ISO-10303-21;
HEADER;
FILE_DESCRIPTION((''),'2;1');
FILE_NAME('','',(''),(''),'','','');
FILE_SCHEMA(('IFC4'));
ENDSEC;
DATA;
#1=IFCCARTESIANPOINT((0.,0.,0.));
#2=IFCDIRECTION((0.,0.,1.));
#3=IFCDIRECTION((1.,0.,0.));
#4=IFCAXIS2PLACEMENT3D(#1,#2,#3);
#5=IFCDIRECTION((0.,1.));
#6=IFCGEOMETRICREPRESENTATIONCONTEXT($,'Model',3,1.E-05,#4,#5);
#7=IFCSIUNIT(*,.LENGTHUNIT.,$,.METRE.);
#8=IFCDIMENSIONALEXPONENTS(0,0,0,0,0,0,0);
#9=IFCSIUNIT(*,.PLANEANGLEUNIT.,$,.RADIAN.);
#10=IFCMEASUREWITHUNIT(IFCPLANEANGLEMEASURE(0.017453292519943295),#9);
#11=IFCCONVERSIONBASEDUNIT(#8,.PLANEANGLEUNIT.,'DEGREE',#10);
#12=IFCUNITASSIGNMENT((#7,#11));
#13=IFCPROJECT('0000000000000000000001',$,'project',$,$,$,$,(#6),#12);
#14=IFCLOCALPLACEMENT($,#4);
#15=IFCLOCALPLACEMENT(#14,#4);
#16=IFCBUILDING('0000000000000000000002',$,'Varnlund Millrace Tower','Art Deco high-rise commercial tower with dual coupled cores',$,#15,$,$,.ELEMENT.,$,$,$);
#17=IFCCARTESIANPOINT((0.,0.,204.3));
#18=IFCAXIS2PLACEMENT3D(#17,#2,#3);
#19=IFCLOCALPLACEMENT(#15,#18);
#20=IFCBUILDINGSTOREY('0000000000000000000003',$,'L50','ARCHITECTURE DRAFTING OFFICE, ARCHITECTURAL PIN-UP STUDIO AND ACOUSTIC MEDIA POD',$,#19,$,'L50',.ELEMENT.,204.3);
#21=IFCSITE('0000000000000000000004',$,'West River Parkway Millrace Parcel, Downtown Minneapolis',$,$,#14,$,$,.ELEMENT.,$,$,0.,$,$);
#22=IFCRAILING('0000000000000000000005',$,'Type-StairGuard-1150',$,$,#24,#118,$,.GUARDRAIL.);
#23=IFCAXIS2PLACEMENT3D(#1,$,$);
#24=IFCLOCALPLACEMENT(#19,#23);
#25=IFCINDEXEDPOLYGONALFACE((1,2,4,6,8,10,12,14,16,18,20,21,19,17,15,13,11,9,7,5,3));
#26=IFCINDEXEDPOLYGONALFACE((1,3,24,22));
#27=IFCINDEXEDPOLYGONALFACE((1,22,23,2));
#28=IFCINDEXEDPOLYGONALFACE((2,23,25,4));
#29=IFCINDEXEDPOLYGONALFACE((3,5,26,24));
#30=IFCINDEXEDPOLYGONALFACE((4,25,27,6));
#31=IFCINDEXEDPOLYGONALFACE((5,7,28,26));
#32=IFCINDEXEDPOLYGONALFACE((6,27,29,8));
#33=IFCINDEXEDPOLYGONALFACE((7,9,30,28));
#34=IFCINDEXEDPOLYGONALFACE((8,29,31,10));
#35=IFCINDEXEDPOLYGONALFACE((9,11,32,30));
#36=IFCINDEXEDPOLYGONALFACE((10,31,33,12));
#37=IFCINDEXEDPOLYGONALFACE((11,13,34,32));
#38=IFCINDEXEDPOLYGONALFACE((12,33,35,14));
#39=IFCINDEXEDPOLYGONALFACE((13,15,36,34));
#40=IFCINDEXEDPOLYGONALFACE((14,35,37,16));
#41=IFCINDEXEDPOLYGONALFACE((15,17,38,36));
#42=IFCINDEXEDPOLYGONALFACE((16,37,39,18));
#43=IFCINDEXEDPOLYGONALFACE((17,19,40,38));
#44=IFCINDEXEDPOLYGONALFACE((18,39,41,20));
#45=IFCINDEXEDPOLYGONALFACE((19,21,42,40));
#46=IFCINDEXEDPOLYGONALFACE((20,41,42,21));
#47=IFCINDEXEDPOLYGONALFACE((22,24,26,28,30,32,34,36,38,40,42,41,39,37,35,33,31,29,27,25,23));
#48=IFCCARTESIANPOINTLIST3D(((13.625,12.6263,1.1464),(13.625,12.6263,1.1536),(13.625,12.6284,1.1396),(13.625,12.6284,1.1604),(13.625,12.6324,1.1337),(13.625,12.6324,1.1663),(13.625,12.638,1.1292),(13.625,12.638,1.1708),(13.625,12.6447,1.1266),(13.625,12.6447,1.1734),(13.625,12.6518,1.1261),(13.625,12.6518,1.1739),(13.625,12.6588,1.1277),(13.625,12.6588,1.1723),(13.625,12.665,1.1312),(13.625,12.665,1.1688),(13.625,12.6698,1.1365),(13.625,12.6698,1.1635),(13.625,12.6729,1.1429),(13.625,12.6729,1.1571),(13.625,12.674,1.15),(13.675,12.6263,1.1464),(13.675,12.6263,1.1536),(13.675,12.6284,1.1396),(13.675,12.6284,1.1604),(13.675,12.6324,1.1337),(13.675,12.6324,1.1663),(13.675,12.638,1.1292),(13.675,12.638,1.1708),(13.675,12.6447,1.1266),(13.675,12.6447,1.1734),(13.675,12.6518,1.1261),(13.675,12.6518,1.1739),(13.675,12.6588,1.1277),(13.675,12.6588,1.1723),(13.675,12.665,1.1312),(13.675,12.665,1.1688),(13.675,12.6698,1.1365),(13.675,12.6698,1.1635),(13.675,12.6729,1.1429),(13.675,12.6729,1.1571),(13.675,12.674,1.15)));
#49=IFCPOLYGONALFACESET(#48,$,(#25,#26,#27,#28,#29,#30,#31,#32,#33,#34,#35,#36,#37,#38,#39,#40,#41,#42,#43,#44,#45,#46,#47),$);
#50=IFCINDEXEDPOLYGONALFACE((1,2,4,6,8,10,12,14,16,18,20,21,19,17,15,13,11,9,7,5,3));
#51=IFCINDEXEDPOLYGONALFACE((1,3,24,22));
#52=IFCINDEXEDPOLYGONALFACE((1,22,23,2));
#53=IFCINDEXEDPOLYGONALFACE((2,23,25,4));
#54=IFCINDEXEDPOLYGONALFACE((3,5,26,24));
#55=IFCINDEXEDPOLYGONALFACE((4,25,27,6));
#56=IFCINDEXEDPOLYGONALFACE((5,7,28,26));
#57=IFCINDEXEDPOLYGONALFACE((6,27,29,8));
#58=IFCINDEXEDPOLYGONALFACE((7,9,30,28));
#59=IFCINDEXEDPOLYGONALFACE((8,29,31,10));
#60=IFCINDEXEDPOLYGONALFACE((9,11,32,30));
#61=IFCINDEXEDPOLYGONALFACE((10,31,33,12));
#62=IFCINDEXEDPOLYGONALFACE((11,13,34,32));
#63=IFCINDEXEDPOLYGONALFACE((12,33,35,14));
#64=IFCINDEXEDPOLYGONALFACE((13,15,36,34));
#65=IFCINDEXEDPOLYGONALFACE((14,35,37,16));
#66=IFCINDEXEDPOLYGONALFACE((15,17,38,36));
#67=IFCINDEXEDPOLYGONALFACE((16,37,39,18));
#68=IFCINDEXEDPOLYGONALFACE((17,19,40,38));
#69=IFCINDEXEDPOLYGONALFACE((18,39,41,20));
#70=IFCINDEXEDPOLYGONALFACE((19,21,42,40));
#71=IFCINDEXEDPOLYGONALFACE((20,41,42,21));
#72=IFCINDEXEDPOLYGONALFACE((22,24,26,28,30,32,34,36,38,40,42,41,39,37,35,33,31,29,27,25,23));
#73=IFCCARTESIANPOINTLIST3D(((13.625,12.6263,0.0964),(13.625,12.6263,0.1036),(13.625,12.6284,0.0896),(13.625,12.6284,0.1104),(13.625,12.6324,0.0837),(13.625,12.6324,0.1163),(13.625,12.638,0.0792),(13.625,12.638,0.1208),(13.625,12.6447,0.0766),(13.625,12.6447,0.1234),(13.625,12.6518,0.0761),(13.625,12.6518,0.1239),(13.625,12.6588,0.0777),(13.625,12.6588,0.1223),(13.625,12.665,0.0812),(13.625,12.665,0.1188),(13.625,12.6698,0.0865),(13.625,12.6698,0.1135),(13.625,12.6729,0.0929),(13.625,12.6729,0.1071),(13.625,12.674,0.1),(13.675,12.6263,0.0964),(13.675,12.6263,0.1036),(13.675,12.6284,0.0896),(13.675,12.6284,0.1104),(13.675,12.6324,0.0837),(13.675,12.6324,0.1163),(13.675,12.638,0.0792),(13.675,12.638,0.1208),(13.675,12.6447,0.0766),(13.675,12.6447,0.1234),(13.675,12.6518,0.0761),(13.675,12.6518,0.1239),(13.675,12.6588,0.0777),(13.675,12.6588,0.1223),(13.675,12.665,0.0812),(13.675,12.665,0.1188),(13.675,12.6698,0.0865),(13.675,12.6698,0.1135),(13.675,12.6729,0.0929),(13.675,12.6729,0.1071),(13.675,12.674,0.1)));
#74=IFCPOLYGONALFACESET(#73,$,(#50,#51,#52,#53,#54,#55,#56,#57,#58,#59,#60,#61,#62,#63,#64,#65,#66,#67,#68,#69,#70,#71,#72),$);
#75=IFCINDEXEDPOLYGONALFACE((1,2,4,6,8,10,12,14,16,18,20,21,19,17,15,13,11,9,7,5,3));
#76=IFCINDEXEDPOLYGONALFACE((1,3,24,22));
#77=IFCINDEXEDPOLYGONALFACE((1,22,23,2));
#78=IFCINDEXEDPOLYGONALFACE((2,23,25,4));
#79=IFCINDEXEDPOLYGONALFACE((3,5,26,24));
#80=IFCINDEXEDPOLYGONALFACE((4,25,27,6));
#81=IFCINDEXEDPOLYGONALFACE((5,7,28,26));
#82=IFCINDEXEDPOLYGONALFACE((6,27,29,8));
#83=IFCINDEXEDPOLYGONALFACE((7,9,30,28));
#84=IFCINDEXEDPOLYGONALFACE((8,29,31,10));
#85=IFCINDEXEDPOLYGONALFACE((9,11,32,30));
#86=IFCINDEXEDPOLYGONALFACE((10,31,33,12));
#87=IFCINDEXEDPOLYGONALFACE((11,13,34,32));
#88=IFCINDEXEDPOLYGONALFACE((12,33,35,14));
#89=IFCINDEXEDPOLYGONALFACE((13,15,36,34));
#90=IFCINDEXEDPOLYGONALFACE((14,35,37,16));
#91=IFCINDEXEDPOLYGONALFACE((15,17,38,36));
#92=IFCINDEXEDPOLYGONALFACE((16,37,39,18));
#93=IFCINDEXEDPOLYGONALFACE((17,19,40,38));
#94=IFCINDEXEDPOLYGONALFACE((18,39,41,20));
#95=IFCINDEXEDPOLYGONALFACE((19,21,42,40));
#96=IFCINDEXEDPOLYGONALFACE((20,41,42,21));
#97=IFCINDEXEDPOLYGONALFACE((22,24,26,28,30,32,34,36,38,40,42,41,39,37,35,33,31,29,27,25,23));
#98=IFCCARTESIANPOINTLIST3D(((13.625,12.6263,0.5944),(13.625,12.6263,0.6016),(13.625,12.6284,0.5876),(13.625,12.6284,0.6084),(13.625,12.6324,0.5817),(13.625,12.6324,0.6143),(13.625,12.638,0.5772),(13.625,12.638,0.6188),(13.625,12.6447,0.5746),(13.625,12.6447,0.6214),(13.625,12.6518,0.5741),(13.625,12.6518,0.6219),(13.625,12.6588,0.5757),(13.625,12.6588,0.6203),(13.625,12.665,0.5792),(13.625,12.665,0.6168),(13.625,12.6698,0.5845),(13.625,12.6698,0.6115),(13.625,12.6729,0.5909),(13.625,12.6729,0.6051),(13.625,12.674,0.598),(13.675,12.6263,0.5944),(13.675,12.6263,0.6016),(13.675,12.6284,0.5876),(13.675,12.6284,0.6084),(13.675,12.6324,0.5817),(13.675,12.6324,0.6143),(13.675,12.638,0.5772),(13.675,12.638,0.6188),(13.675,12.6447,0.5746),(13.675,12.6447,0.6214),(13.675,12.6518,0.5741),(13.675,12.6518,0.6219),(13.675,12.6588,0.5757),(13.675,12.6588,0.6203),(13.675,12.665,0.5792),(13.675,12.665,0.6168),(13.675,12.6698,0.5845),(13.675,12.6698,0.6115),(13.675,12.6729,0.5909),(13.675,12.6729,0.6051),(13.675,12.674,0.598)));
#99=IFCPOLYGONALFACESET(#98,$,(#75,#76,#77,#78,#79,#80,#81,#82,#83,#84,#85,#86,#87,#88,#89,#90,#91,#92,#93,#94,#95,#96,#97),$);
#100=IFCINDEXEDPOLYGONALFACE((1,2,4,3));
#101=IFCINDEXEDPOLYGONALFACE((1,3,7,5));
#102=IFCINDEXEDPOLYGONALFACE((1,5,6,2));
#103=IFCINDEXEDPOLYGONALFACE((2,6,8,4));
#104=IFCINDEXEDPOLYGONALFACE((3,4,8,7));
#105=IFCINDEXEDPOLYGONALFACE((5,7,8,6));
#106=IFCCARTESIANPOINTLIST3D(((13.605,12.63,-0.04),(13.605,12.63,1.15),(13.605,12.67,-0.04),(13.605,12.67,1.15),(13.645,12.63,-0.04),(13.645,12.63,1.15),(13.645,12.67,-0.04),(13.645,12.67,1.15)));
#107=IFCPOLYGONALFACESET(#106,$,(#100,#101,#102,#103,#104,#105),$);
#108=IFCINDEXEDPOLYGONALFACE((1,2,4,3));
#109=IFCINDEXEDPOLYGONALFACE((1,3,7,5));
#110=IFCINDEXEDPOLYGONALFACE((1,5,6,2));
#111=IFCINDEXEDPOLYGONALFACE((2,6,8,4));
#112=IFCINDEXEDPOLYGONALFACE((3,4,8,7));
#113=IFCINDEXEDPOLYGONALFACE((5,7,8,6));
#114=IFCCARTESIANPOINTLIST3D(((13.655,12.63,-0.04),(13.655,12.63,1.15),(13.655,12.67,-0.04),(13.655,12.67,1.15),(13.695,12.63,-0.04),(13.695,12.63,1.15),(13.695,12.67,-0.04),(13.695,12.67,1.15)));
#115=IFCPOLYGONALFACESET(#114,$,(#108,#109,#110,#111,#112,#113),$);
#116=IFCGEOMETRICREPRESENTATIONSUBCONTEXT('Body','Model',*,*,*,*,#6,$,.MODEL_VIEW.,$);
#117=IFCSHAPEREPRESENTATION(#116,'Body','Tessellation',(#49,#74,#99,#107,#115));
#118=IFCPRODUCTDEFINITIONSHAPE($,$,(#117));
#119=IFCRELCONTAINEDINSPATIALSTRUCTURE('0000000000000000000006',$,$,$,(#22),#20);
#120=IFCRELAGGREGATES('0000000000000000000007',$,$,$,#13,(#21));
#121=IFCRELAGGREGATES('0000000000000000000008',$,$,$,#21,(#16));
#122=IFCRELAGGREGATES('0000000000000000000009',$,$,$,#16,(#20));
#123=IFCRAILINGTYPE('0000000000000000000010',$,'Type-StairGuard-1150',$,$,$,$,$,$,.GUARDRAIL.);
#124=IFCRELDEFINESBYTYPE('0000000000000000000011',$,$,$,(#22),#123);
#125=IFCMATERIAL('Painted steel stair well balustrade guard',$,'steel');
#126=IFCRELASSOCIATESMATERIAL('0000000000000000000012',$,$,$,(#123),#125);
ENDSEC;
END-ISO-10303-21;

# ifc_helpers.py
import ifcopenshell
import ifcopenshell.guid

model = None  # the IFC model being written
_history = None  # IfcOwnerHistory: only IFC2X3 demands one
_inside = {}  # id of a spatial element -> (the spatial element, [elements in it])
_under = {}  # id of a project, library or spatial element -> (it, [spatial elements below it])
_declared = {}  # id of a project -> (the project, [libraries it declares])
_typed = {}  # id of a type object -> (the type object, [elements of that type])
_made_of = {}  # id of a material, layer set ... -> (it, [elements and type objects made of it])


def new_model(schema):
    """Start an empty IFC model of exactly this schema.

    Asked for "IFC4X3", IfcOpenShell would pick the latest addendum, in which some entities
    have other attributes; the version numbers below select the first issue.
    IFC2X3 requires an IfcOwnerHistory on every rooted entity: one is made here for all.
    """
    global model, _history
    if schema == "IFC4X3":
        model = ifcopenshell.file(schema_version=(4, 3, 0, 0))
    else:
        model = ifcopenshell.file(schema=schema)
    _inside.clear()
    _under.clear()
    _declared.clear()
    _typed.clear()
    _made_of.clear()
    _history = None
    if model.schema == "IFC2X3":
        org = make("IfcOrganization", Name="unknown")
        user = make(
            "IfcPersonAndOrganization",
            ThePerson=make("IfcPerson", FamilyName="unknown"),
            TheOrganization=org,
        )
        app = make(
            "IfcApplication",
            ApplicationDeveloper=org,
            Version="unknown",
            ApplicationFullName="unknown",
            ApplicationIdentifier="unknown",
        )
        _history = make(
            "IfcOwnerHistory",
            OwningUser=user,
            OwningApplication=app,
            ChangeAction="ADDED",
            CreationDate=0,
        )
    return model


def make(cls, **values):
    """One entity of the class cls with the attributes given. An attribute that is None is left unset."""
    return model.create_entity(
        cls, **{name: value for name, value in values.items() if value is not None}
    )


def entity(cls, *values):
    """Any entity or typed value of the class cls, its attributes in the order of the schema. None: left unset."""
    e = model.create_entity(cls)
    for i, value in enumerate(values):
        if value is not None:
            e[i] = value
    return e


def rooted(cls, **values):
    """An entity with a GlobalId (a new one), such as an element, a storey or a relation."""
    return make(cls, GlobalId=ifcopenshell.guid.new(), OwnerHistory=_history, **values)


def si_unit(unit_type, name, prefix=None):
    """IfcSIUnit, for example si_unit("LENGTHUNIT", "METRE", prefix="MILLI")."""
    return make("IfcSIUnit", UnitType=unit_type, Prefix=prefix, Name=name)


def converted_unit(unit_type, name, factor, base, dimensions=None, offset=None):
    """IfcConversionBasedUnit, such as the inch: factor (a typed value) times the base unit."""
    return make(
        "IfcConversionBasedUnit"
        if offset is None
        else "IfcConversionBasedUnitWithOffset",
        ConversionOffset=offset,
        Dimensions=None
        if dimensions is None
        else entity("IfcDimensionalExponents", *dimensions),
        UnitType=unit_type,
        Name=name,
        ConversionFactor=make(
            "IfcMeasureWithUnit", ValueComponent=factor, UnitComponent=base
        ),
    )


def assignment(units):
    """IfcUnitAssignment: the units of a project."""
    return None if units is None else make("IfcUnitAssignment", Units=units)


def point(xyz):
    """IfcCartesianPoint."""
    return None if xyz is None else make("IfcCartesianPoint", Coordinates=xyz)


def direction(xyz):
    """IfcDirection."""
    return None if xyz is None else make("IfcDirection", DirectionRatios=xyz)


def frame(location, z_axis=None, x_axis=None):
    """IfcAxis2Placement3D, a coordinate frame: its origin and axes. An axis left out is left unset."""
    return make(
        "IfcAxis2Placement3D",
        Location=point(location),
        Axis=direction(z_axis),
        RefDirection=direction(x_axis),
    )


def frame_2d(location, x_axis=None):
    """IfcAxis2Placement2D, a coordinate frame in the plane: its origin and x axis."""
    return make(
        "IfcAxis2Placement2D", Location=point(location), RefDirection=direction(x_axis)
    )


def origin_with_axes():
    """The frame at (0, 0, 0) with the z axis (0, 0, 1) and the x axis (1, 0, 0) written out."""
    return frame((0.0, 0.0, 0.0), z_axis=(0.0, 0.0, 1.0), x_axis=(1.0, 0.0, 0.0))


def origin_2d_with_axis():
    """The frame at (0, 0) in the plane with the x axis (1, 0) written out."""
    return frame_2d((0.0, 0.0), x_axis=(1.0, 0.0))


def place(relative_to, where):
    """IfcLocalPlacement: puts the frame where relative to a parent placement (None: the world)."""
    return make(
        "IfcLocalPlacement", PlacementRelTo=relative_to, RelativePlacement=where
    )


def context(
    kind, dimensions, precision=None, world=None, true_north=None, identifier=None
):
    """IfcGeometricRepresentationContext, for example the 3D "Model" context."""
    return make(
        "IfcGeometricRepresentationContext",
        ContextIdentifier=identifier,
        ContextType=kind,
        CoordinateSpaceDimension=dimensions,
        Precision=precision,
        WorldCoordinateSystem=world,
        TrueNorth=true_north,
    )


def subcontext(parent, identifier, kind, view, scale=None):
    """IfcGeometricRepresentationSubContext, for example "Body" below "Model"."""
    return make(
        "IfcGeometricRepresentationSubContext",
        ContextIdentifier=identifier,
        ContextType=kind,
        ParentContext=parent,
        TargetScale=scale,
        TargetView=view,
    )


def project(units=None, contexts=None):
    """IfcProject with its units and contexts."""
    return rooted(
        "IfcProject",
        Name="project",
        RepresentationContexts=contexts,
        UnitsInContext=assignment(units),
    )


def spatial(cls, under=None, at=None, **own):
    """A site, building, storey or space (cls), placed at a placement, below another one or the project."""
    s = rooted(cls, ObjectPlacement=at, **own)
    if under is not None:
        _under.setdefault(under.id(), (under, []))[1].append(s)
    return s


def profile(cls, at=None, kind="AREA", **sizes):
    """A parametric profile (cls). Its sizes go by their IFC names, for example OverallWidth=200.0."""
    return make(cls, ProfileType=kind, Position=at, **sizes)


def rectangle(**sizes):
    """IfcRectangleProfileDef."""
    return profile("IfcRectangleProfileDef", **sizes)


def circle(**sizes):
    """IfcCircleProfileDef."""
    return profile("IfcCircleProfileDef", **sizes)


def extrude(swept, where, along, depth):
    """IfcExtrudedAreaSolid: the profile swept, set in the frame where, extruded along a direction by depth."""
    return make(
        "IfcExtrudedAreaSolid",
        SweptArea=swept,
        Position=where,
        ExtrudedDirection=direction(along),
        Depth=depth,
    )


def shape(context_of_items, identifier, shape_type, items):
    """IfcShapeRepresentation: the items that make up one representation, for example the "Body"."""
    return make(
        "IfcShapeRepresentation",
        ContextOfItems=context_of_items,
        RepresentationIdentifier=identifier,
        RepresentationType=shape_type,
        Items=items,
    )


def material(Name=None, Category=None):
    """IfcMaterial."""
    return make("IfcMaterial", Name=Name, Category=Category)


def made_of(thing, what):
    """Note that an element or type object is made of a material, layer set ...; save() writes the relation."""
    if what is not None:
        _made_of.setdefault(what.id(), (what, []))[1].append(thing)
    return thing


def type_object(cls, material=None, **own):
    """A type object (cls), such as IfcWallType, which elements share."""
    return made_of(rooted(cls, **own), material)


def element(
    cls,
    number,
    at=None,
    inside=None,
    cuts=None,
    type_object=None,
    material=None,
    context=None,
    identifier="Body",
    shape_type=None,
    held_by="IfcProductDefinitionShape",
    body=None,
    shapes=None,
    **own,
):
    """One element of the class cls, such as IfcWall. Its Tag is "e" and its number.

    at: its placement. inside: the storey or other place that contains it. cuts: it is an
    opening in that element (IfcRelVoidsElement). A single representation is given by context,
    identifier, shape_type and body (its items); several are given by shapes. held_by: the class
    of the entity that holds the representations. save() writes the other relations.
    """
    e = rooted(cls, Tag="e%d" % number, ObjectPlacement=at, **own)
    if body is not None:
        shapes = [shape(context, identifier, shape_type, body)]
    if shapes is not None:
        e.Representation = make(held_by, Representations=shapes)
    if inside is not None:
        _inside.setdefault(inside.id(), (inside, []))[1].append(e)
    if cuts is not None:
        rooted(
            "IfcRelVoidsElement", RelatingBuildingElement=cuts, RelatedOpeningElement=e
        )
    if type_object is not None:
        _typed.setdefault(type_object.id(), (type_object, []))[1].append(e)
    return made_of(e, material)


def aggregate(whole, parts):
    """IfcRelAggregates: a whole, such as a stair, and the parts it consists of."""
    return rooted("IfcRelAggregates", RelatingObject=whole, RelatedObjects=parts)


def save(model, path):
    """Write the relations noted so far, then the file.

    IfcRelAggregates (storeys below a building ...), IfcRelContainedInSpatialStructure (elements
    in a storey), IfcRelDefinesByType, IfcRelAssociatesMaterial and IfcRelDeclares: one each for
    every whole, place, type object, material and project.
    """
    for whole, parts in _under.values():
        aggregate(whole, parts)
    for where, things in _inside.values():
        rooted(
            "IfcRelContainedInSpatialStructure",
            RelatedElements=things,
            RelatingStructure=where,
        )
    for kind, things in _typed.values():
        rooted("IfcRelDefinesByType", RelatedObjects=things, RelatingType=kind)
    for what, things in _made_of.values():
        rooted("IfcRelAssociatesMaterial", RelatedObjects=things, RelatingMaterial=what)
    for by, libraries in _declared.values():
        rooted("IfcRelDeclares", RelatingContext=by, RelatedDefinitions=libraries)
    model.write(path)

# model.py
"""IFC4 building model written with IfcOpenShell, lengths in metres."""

from ifc_helpers import new_model, entity, si_unit, converted_unit, direction, frame, origin_with_axes, origin_2d_with_axis, place, context, subcontext, project, spatial, rectangle, circle, extrude, material, type_object, element, save


model = new_model("IFC4")

# Units and contexts
model_context = context("Model", 3, precision=1e-05, world=origin_with_axes(), true_north=direction((0.0, 1.0)))
body_context = subcontext(model_context, "Body", "Model", "MODEL_VIEW")
ifc_project = project(units=[si_unit("LENGTHUNIT", "METRE"), converted_unit("PLANEANGLEUNIT", "DEGREE", entity("IfcPlaneAngleMeasure", 0.017453292519943295), si_unit("PLANEANGLEUNIT", "RADIAN"), dimensions=[0, 0, 0, 0, 0, 0, 0])], contexts=[model_context])

# Site, building, storey
site_placement = place(None, origin_with_axes())
site = spatial("IfcSite", under=ifc_project, at=site_placement, Name="West River Parkway Millrace Parcel, Downtown Minneapolis", CompositionType="ELEMENT", RefElevation=0.0)
building_placement = place(site_placement, origin_with_axes())
building = spatial("IfcBuilding", under=site, at=building_placement, Name="Varnlund Millrace Tower", Description="Art Deco high-rise commercial tower with dual coupled cores", CompositionType="ELEMENT")
storey_placement = place(building_placement, frame((0.0, 0.0, 204.3), z_axis=(0.0, 0.0, 1.0), x_axis=(1.0, 0.0, 0.0)))
storey = spatial("IfcBuildingStorey", under=building, at=storey_placement, Name="L50", Description="ARCHITECTURE DRAFTING OFFICE, ARCHITECTURAL PIN-UP STUDIO AND ACOUSTIC MEDIA POD", LongName="L50", CompositionType="ELEMENT", Elevation=204.3)

# Railing
ifc_material_1 = material(Name="Painted steel stair well balustrade guard", Category="steel")
railing_type_1 = type_object("IfcRailingType", Name="Type-StairGuard-1150", PredefinedType="GUARDRAIL", material=ifc_material_1)
railing_1_placement = place(storey_placement, frame((0.0, 0.0, -204.3), z_axis=(0.0, 0.0, 1.0), x_axis=(1.0, 0.0, 0.0)))
element("IfcRailing", 1, at=railing_1_placement, inside=storey, type_object=railing_type_1, Name="Type-StairGuard-1150", PredefinedType="GUARDRAIL", context=body_context, shape_type="SweptSolid", body=[
    extrude(circle(Radius=0.024, at=origin_2d_with_axis()), frame((13.625, 12.65, 205.45), z_axis=(1.0, 0.0, 0.0), x_axis=(0.0, 1.0, 0.0)), (0.0, 0.0, 1.0), 0.05),
    extrude(circle(Radius=0.024, at=origin_2d_with_axis()), frame((13.625, 12.65, 204.4), z_axis=(1.0, 0.0, 0.0), x_axis=(0.0, 1.0, 0.0)), (0.0, 0.0, 1.0), 0.05),
    extrude(circle(Radius=0.024, at=origin_2d_with_axis()), frame((13.625, 12.65, 204.898), z_axis=(1.0, 0.0, 0.0), x_axis=(0.0, 1.0, 0.0)), (0.0, 0.0, 1.0), 0.05),
    extrude(rectangle(XDim=0.04, YDim=0.04, at=origin_2d_with_axis()), frame((13.625, 12.65, 204.26), z_axis=(0.0, 0.0, 1.0), x_axis=(1.0, 0.0, 0.0)), (0.0, 0.0, 1.0), 1.19),
    extrude(rectangle(XDim=0.04, YDim=0.04, at=origin_2d_with_axis()), frame((13.675, 12.65, 204.26), z_axis=(0.0, 0.0, 1.0), x_axis=(1.0, 0.0, 0.0)), (0.0, 0.0, 1.0), 1.19),
])

save(model, "model.ifc")
